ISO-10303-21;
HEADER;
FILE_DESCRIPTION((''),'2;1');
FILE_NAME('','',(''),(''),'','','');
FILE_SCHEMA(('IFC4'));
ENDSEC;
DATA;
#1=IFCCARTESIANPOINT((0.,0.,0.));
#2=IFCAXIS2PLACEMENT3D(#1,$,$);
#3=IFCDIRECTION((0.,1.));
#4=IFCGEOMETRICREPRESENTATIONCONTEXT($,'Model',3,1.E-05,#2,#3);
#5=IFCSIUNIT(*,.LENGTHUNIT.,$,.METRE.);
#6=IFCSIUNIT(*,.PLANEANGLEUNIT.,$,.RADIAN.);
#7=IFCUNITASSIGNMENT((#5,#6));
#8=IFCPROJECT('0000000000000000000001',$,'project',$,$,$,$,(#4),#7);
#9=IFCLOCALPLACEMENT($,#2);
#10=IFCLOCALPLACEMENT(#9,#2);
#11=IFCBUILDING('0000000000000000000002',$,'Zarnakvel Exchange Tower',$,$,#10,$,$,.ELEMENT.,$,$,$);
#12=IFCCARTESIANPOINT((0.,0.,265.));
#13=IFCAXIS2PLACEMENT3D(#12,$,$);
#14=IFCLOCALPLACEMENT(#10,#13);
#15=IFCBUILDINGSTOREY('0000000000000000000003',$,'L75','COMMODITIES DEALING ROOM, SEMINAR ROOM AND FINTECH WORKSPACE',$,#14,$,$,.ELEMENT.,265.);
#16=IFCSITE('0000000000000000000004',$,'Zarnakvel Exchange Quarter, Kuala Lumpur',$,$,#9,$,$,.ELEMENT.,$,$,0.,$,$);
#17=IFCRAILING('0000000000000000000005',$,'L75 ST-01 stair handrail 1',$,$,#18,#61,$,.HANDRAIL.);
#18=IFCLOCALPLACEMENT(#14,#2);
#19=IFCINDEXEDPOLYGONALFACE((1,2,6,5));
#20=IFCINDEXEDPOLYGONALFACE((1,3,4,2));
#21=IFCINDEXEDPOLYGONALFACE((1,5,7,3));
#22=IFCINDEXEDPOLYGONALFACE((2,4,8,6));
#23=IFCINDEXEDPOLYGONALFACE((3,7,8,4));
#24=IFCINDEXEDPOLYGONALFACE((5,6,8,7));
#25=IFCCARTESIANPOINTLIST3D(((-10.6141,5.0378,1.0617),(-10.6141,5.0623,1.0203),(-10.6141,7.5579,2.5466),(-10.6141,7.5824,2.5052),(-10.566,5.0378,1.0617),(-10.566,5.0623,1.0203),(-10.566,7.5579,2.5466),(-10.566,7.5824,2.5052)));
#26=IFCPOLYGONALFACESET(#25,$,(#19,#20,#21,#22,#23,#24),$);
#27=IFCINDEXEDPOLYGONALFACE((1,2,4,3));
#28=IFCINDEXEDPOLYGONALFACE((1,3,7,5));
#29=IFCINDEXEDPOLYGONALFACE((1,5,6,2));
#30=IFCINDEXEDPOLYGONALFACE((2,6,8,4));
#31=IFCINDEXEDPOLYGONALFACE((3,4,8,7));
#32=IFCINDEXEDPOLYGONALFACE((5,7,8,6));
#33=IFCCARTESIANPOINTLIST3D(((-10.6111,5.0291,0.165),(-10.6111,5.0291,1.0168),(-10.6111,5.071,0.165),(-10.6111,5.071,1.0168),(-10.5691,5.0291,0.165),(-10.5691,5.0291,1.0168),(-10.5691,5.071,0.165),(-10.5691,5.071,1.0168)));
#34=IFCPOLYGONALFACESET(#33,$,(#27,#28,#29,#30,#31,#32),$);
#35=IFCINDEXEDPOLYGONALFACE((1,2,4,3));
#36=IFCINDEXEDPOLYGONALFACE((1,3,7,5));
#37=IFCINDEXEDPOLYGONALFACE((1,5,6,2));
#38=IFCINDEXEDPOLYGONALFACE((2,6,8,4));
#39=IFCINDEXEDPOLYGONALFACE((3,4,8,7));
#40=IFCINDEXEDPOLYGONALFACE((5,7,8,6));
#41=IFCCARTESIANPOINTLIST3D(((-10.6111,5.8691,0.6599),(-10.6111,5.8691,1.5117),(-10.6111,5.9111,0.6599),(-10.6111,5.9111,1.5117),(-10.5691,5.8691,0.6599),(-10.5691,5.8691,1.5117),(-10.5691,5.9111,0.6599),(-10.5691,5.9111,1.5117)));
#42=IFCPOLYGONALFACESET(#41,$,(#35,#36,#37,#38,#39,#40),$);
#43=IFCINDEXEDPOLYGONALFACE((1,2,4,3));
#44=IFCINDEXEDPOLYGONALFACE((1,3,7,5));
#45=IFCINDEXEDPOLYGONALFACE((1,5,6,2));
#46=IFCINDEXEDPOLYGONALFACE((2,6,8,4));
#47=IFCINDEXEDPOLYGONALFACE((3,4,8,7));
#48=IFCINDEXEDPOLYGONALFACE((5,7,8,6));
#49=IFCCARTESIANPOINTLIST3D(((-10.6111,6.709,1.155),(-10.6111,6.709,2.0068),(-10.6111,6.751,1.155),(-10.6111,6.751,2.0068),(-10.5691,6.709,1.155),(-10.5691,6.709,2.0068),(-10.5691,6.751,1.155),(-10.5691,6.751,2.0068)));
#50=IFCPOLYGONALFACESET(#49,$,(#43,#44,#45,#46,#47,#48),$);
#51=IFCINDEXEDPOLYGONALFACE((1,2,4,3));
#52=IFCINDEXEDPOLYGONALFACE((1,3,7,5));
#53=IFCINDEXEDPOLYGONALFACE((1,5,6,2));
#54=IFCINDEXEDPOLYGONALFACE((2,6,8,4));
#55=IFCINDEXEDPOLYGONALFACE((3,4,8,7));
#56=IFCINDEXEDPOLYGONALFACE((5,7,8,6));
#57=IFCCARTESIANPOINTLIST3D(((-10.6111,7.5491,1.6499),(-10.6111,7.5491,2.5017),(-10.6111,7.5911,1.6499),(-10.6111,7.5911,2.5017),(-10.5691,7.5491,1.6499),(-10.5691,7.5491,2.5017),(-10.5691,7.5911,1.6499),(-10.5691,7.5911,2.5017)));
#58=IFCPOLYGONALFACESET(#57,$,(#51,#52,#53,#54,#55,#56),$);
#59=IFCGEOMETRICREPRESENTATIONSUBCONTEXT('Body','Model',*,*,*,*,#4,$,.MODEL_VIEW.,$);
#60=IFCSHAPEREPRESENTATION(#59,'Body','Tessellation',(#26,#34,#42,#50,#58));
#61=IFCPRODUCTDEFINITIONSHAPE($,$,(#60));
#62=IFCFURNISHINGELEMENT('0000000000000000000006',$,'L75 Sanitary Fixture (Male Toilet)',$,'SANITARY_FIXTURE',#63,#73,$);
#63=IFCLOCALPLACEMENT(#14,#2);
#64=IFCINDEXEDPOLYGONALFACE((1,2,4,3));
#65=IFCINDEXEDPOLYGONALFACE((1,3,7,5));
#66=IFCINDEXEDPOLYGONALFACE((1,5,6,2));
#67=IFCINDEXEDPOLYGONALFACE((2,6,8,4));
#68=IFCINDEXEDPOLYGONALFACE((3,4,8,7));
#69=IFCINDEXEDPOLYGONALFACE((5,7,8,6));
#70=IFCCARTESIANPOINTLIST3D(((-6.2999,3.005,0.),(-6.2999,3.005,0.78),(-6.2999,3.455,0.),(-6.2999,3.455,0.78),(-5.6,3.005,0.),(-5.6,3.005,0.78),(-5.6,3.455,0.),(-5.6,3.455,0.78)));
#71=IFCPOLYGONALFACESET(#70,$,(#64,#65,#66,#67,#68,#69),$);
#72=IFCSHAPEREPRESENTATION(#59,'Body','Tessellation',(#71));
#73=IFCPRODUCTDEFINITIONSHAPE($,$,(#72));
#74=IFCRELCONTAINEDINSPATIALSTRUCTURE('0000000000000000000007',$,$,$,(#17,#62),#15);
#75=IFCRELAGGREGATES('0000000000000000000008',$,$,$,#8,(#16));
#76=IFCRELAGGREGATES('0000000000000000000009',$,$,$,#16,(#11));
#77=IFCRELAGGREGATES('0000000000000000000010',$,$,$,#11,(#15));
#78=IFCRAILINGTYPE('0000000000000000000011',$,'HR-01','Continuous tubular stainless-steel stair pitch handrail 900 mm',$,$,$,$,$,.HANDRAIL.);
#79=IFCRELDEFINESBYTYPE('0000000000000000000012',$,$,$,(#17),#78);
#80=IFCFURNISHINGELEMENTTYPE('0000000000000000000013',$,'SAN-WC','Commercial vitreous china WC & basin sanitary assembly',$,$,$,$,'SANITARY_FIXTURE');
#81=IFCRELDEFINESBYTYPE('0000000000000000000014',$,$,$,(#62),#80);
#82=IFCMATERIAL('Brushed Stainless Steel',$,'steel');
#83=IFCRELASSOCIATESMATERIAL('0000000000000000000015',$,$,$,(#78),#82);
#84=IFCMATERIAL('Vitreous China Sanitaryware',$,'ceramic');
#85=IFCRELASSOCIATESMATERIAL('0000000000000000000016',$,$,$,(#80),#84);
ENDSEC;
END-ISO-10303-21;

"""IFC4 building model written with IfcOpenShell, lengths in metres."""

from ifc_helpers import new_model, si_unit, direction, frame, origin, origin_2d, place, context, subcontext, project, spatial, rectangle, extrude, source, transform, mapped, material, type_object, element, save


model = new_model("IFC4")

# Units and contexts
model_context = context("Model", 3, precision=1e-05, world=origin(), true_north=direction((0.0, 1.0)))
body_context = subcontext(model_context, "Body", "Model", "MODEL_VIEW")
ifc_project = project(units=[si_unit("LENGTHUNIT", "METRE"), si_unit("PLANEANGLEUNIT", "RADIAN")], contexts=[model_context])

# Site, building, storey
site_placement = place(None, origin())
site = spatial("IfcSite", under=ifc_project, at=site_placement, Name="Zarnakvel Exchange Quarter, Kuala Lumpur", CompositionType="ELEMENT", RefElevation=0.0)
building_placement = place(site_placement, origin())
building = spatial("IfcBuilding", under=site, at=building_placement, Name="Zarnakvel Exchange Tower", CompositionType="ELEMENT")
storey_placement = place(building_placement, frame((0.0, 0.0, 265.0)))
storey = spatial("IfcBuildingStorey", under=building, at=storey_placement, Name="L75", Description="COMMODITIES DEALING ROOM, SEMINAR ROOM AND FINTECH WORKSPACE", CompositionType="ELEMENT", Elevation=265.0)

# Shared definitions
ifc_material_1 = material(Name="Brushed Stainless Steel", Category="steel")

# Railing
railing_type = type_object("IfcRailingType", Name="HR-01", Description="Continuous tubular stainless-steel stair pitch handrail 900 mm", PredefinedType="HANDRAIL", material=ifc_material_1)
railing_placement = place(storey_placement, frame((-10.5901, 5.05, 0.165)))
element("IfcRailing", 1, at=railing_placement, inside=storey, type_object=railing_type, Name="L75 ST-01 stair handrail 1", PredefinedType="HANDRAIL", context=body_context, shape_type="SweptSolid", body=[
    extrude(rectangle(XDim=0.0481, YDim=0.0481, at=origin_2d()), frame((0.0, 0.0, 0.876), z_axis=(0.0, 0.861561, 0.507655), x_axis=(-1.0, 0.0, 0.0)), (0.0, 0.0, 1.0), 2.925),
    extrude(rectangle(XDim=0.042, YDim=0.042, at=origin_2d()), origin(), (0.0, 0.0, 1.0), 0.8518),
    extrude(rectangle(XDim=0.042, YDim=0.042, at=origin_2d()), frame((0.0, 0.8401, 0.4949)), (0.0, 0.0, 1.0), 0.8518),
    extrude(rectangle(XDim=0.042, YDim=0.042, at=origin_2d()), frame((0.0, 1.6799, 0.99)), (0.0, 0.0, 1.0), 0.8518),
    extrude(rectangle(XDim=0.042, YDim=0.042, at=origin_2d()), frame((0.0, 2.52, 1.4849)), (0.0, 0.0, 1.0), 0.8518),
])

# Furnishing element
ifc_material_2 = material(Name="Vitreous China Sanitaryware", Category="ceramic")
furnishing_element_type = type_object("IfcFurnishingElementType", Name="SAN-WC", Description="Commercial vitreous china WC & basin sanitary assembly", ElementType="SANITARY_FIXTURE", material=ifc_material_2)
shared_shape_1 = source(origin(), body_context, "Body", "SweptSolid", [
    extrude(rectangle(XDim=0.7, YDim=0.45, at=origin_2d()), origin(), (0.0, 0.0, 1.0), 0.78),
])
furnishing_placement = place(storey_placement, frame((-5.95, 3.23, 0.0), z_axis=(0.0, 0.0, 1.0), x_axis=(1.0, 0.0, 0.0)))
element("IfcFurnishingElement", 2, at=furnishing_placement, inside=storey, type_object=furnishing_element_type, Name="L75 Sanitary Fixture (Male Toilet)", ObjectType="SANITARY_FIXTURE", context=body_context, shape_type="MappedRepresentation", body=[
    mapped(shared_shape_1, transform((0.0, 0.0, 0.0), x_axis=(1.0, 0.0, 0.0), y_axis=(0.0, 1.0, 0.0), z_axis=(0.0, 0.0, 1.0), scale=1.0)),
])

save(model, "model.ifc")
